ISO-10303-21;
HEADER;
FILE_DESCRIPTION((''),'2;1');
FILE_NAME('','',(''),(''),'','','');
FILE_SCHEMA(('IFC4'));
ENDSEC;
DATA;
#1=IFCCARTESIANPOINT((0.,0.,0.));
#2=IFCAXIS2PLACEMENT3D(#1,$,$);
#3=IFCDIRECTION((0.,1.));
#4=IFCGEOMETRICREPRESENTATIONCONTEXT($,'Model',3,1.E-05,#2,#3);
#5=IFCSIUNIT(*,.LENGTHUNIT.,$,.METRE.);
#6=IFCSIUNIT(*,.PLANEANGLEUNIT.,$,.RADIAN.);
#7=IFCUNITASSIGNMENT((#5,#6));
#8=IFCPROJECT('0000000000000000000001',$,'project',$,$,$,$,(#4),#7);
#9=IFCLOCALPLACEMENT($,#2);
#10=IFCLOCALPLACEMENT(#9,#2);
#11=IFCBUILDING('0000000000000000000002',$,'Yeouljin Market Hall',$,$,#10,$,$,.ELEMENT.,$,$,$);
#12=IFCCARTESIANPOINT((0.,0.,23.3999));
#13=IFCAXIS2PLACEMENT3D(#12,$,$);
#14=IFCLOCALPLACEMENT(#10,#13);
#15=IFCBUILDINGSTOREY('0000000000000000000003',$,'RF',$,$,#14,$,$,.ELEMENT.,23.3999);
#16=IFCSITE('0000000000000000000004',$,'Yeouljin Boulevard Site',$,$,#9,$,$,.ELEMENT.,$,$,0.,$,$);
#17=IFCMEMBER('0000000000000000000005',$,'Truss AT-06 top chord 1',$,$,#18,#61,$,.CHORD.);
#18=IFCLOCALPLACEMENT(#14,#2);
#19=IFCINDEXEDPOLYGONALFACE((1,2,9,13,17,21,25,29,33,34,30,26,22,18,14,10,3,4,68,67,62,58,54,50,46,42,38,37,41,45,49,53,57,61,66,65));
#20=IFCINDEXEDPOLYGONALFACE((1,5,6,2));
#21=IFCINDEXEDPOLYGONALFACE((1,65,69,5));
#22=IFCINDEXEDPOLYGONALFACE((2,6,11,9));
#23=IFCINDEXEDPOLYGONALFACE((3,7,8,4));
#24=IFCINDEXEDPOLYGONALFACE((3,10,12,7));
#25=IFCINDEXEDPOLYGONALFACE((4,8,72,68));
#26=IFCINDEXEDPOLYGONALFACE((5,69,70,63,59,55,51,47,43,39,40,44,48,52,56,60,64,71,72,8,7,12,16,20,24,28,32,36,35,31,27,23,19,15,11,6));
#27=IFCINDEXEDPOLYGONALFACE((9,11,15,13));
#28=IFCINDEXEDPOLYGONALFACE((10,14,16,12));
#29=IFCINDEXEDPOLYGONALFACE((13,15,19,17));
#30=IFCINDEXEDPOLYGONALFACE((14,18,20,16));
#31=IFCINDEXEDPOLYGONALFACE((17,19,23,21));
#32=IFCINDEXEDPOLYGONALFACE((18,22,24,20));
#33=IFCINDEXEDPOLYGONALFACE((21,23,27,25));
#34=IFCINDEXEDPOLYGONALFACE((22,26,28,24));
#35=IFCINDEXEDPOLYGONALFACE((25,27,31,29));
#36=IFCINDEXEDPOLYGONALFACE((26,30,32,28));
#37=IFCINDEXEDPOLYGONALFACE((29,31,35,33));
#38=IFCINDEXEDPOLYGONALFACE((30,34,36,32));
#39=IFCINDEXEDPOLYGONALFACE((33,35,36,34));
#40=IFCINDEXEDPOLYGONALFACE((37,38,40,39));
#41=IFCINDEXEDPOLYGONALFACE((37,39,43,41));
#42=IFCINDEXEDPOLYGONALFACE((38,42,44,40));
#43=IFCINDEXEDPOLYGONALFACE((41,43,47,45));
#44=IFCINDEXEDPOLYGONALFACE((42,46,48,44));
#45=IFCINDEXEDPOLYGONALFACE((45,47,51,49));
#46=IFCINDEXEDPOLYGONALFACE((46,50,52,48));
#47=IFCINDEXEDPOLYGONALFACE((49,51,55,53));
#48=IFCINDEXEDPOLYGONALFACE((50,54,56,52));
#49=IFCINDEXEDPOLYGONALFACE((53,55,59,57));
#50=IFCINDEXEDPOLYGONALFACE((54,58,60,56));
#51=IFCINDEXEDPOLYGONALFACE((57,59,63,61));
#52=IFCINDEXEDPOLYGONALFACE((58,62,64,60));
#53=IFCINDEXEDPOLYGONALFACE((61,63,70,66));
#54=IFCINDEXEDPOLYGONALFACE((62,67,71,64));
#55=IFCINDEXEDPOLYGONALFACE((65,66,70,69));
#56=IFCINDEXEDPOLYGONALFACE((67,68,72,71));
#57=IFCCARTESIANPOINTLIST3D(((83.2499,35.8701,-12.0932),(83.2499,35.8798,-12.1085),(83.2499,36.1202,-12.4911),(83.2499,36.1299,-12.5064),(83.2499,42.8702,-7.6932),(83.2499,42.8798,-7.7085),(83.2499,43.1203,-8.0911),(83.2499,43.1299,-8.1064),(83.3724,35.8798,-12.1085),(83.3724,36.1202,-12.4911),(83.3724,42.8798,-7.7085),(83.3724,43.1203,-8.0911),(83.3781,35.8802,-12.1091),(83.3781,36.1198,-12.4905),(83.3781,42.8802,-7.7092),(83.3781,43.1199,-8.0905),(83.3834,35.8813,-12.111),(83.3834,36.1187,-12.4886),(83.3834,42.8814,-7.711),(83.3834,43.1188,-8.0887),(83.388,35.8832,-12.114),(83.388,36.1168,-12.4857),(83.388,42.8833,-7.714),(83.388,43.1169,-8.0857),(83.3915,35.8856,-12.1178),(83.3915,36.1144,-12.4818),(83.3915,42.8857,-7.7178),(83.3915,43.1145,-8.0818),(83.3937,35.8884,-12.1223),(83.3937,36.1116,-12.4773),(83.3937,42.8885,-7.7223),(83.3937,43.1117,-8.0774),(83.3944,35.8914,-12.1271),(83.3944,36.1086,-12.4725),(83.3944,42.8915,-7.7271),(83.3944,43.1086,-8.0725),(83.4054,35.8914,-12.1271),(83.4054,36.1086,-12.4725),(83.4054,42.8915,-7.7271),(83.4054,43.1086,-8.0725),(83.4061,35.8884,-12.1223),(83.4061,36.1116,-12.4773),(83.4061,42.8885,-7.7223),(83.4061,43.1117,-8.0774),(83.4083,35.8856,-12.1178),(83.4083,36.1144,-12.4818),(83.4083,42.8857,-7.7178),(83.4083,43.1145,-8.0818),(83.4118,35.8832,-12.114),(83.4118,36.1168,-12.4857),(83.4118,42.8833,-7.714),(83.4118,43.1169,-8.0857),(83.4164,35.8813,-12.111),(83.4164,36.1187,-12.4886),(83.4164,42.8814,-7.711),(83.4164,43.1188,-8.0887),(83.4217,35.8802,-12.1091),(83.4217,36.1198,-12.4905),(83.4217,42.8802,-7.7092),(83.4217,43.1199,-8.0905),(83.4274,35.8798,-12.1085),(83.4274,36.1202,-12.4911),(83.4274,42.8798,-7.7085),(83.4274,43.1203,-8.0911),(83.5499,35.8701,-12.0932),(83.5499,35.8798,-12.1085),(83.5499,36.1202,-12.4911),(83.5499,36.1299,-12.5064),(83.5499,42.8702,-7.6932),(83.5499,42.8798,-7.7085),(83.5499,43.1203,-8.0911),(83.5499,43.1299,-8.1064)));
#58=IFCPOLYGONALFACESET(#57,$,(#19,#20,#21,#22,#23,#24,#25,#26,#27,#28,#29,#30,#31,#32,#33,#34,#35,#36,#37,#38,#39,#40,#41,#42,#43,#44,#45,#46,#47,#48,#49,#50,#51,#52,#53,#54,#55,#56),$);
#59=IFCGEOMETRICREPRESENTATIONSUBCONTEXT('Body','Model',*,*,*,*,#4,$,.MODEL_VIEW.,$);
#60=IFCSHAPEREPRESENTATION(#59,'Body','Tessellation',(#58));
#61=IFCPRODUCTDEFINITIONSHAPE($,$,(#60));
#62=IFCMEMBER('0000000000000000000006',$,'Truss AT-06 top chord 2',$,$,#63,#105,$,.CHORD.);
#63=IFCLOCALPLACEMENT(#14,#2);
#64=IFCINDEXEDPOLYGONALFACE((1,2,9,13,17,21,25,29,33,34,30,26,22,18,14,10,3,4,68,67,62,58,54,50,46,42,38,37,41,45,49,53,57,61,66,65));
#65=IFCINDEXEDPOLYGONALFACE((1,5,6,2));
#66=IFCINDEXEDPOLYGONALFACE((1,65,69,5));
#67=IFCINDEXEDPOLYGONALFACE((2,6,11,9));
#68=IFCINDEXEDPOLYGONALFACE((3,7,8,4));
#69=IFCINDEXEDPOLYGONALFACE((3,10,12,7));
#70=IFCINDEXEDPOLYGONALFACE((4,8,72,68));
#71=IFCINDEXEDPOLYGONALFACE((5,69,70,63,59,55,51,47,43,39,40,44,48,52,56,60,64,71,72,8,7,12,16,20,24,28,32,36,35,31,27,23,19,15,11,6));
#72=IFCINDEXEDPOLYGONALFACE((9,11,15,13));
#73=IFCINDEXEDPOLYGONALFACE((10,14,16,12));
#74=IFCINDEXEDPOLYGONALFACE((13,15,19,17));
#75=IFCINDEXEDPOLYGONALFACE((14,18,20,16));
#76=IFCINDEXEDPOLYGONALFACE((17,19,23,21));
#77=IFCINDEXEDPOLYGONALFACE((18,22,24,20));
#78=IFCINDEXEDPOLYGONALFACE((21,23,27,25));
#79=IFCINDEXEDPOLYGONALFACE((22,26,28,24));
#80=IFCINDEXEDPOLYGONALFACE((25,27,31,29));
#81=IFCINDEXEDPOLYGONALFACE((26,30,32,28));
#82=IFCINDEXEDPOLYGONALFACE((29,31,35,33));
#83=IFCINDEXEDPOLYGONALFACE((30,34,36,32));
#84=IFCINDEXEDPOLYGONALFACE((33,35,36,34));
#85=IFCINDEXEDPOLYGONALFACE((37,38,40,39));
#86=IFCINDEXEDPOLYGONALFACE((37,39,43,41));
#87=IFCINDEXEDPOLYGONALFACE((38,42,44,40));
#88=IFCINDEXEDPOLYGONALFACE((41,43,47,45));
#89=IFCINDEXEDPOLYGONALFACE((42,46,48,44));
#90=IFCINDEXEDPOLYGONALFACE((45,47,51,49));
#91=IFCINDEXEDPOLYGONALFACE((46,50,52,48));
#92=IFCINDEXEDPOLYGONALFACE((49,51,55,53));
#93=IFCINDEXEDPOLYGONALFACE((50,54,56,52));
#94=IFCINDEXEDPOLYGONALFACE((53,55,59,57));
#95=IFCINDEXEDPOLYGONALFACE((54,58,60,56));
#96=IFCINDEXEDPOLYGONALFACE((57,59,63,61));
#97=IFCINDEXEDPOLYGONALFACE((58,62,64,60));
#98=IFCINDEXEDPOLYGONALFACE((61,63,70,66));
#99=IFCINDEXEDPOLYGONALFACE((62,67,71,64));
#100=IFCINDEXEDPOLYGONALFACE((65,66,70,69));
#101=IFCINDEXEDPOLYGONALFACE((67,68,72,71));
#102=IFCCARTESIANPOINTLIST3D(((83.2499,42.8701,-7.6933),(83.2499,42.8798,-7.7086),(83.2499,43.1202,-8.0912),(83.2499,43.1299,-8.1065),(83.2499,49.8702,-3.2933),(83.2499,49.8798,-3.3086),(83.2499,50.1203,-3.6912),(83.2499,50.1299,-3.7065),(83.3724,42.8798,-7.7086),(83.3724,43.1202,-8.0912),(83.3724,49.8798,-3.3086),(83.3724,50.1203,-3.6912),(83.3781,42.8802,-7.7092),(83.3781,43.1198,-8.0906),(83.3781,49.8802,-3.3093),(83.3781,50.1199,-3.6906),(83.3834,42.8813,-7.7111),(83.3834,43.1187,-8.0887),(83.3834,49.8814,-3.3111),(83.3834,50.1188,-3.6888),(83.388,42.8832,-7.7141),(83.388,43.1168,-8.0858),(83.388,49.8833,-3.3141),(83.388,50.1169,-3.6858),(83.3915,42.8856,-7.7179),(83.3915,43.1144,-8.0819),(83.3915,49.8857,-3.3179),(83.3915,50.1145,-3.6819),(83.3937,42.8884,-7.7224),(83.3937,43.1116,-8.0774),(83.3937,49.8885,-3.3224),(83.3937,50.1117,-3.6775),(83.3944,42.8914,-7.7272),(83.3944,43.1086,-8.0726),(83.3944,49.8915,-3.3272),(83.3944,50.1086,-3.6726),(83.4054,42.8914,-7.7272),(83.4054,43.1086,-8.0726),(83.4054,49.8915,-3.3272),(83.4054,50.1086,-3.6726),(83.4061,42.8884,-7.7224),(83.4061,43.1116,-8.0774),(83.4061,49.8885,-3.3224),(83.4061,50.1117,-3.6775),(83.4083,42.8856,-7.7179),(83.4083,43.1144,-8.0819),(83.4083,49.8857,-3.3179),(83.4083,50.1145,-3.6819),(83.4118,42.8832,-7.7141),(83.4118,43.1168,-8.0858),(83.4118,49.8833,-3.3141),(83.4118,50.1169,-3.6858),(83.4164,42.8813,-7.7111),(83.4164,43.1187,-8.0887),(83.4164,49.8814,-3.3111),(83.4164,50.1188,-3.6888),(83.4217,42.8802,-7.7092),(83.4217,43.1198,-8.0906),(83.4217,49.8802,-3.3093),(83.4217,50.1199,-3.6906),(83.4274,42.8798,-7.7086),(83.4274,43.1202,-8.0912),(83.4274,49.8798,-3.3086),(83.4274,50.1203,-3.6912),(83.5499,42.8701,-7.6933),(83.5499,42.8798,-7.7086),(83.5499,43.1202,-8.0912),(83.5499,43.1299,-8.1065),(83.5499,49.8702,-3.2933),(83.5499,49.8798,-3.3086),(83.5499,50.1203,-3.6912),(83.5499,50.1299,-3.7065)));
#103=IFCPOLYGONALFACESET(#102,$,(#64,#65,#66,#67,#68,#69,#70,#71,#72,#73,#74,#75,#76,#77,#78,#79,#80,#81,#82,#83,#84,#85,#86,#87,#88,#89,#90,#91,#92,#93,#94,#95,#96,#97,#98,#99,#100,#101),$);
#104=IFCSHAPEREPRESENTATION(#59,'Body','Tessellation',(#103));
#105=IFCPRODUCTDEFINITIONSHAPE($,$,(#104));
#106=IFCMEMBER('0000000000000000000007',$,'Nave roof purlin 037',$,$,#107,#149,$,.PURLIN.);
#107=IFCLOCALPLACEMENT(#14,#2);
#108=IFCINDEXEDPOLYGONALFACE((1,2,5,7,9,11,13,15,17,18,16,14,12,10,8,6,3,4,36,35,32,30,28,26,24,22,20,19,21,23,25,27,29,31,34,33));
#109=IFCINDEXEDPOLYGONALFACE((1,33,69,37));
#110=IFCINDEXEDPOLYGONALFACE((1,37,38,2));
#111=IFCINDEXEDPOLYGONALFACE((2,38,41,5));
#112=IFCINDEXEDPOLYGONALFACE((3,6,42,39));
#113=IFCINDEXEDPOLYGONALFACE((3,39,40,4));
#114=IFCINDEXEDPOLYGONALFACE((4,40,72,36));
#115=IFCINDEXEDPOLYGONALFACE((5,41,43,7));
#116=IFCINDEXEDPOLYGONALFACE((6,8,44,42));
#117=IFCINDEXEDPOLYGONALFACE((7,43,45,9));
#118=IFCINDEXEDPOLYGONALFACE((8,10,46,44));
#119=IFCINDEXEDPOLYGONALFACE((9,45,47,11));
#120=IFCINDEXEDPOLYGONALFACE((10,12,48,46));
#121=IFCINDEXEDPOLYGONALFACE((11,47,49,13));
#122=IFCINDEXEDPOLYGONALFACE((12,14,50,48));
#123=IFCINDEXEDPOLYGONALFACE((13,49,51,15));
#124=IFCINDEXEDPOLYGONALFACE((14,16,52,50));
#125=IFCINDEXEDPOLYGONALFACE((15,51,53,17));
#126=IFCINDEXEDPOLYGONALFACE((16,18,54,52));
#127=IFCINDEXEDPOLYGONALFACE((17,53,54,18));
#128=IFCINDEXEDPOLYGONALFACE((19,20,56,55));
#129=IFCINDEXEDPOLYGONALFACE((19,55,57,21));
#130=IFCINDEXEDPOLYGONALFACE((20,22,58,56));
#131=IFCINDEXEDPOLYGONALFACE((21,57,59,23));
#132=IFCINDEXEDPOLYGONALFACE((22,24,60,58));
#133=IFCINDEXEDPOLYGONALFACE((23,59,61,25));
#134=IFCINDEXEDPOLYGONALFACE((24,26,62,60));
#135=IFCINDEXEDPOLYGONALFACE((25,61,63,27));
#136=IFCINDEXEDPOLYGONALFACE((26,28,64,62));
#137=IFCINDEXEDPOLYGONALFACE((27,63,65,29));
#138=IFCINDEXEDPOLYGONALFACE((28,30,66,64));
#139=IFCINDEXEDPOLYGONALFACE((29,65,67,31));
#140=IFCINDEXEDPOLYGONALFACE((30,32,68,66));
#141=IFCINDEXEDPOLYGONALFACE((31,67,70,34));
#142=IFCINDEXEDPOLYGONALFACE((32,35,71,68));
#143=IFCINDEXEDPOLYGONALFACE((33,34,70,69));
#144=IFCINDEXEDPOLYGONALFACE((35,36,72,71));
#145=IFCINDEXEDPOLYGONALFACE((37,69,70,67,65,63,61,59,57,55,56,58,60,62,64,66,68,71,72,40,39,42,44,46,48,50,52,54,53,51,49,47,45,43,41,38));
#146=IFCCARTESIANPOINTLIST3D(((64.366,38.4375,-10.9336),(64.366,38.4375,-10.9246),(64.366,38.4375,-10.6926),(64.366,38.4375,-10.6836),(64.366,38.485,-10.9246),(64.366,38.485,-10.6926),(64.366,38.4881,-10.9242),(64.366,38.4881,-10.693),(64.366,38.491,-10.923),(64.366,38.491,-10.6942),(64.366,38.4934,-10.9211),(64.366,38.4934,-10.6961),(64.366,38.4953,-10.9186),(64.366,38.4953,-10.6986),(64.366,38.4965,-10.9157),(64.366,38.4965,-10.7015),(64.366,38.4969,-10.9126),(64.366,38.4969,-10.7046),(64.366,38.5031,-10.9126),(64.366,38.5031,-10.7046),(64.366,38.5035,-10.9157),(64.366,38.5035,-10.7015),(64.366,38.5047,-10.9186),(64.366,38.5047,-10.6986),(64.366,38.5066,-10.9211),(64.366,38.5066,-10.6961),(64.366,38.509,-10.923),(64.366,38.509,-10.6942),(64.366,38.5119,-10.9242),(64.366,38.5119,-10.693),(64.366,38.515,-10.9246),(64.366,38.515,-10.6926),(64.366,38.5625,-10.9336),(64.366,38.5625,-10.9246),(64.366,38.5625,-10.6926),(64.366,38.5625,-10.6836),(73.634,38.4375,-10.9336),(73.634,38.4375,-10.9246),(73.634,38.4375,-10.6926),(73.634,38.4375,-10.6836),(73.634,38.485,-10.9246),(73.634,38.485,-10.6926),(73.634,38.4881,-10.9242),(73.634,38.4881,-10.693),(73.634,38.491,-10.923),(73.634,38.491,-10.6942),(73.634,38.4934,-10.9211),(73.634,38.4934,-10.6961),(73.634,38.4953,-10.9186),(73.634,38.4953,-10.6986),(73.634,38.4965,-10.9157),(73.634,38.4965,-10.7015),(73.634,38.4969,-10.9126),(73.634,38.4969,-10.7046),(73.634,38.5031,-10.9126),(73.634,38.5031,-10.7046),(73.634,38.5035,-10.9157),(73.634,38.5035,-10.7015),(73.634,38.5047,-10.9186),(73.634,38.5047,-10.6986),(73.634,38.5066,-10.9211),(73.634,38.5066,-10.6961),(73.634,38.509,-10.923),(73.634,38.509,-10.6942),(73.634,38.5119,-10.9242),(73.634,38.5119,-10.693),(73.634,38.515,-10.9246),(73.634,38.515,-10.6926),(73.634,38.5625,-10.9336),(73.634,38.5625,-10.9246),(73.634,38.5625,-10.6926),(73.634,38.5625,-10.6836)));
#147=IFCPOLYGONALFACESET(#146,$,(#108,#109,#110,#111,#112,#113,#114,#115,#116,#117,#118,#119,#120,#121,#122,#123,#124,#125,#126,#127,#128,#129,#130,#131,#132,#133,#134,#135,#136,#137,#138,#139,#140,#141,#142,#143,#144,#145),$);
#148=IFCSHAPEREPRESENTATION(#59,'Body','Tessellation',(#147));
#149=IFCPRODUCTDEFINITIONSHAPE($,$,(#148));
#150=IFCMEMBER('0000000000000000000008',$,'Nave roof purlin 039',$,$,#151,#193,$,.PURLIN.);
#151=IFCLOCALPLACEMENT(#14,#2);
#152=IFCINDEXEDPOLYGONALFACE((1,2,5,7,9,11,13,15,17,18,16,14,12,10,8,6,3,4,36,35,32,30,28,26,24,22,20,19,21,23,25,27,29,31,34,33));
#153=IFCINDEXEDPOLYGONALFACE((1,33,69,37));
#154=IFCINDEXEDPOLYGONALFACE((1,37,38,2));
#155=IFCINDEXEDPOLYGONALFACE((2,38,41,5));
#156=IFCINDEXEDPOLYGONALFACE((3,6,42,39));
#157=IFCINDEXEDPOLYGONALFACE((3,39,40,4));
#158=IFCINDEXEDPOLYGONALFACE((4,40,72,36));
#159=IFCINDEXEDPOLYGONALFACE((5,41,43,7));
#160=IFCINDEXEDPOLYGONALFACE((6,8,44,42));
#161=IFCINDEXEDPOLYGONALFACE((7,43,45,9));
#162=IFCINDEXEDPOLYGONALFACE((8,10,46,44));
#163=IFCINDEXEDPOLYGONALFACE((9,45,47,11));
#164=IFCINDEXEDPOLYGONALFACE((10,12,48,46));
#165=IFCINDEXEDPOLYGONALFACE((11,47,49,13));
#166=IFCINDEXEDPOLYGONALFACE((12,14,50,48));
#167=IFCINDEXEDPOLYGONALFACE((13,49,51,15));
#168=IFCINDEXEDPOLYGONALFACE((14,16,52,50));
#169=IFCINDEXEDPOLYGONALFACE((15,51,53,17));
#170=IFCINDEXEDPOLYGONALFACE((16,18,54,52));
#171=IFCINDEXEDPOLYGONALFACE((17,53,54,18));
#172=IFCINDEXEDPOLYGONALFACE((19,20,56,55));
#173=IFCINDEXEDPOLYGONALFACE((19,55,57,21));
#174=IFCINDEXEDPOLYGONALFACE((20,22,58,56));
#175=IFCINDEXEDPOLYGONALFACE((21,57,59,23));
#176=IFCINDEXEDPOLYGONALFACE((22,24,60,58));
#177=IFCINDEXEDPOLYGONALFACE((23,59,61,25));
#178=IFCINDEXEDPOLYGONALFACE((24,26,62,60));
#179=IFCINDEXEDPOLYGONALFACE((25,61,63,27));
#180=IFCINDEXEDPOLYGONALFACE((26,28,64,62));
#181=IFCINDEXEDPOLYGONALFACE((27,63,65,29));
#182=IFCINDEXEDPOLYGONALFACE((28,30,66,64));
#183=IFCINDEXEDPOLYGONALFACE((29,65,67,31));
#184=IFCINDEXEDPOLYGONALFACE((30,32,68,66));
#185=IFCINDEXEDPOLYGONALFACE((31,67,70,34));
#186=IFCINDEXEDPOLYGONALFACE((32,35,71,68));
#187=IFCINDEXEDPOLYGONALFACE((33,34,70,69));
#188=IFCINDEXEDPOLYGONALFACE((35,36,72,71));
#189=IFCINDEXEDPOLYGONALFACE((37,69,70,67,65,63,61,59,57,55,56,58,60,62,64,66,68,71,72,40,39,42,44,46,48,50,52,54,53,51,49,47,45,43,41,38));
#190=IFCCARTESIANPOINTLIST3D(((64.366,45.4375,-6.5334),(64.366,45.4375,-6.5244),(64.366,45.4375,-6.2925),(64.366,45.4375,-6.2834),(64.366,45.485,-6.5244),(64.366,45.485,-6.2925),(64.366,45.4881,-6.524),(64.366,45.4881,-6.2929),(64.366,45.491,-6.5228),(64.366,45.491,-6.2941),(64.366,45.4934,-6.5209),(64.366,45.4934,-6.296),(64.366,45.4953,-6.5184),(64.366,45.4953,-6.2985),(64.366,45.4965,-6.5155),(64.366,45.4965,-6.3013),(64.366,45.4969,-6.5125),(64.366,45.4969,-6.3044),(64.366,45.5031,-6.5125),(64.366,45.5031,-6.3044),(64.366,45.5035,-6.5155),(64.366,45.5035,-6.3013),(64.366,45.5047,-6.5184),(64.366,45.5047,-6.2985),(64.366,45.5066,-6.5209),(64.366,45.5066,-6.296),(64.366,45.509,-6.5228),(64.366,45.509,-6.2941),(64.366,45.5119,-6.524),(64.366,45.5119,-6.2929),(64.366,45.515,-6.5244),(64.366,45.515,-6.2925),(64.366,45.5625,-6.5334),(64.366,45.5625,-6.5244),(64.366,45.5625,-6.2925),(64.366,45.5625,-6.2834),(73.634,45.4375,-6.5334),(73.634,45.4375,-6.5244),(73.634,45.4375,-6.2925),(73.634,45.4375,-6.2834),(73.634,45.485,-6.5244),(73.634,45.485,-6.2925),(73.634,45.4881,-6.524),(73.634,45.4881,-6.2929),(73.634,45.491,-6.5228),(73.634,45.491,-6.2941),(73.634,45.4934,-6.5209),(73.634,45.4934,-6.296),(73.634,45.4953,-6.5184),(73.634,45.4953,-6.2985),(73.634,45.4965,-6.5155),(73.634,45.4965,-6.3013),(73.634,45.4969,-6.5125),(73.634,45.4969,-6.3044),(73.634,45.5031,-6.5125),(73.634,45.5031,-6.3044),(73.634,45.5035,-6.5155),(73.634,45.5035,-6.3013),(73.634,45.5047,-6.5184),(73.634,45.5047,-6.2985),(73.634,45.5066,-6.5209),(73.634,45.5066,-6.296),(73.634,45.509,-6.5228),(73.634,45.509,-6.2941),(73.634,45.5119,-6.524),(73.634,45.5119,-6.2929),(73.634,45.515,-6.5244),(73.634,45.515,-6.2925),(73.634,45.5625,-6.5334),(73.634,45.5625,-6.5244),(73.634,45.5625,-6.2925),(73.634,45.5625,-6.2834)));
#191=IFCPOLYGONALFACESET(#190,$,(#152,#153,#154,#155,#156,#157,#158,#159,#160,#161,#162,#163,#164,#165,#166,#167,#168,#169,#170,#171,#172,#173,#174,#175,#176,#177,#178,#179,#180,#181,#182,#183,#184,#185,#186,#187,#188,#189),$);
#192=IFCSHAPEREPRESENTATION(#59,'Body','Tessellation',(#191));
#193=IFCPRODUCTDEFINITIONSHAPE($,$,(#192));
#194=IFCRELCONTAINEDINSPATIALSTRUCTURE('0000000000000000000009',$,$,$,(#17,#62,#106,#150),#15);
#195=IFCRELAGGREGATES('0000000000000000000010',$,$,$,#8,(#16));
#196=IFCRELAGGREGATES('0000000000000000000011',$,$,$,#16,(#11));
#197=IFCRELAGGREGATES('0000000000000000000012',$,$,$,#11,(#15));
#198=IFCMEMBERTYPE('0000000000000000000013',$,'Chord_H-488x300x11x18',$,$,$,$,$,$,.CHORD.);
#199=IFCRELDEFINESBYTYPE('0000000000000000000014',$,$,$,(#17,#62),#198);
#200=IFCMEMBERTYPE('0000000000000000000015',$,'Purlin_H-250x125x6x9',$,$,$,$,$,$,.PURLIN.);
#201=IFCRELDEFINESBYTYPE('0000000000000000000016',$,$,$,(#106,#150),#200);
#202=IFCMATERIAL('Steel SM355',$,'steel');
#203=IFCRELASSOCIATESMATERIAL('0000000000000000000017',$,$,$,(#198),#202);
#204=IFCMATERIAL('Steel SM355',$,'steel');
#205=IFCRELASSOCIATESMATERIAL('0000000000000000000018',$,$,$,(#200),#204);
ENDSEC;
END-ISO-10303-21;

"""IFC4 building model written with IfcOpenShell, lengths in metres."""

from ifc_helpers import new_model, si_unit, direction, frame, origin, origin_2d, place, context, subcontext, project, spatial, i_section, extrude, material, material_profile, profile_set, type_object, element, save


model = new_model("IFC4")

# Units and contexts
model_context = context("Model", 3, precision=1e-05, world=origin(), true_north=direction((0.0, 1.0)))
body_context = subcontext(model_context, "Body", "Model", "MODEL_VIEW")
ifc_project = project(units=[si_unit("LENGTHUNIT", "METRE"), si_unit("PLANEANGLEUNIT", "RADIAN")], contexts=[model_context])

# Site, building, storey
site_placement = place(None, origin())
site = spatial("IfcSite", under=ifc_project, at=site_placement, Name="Yeouljin Boulevard Site", CompositionType="ELEMENT", RefElevation=0.0)
building_placement = place(site_placement, origin())
building = spatial("IfcBuilding", under=site, at=building_placement, Name="Yeouljin Market Hall", CompositionType="ELEMENT")
storey_placement = place(building_placement, frame((0.0, 0.0, 23.3999)))
storey = spatial("IfcBuildingStorey", under=building, at=storey_placement, Name="RF", CompositionType="ELEMENT", Elevation=23.3999)

# Members
ifc_material_1 = material(Name="Steel SM355", Category="steel")
ifc_material_profile_1 = material_profile(ifc_material_1, i_section(OverallWidth=0.3, OverallDepth=0.488, WebThickness=0.011, FlangeThickness=0.0181, FilletRadius=0.022, at=origin_2d()), Name="H-488x300x11x18")
ifc_profile_set_1 = profile_set([ifc_material_profile_1], Name="Steel SM355")
member_type_1 = type_object("IfcMemberType", Name="Chord_H-488x300x11x18", PredefinedType="CHORD", material=ifc_profile_set_1)
for number, where, z_axis, x_axis, name in (
    (1, (83.3999, 36.0, -12.2998), (0.0, 0.846642, 0.532163), (-1.0, 0.0, 0.0), "Truss AT-06 top chord 1"),
    (2, (83.3999, 43.0, -7.8999), (0.0, 0.846642, 0.532163), (-1.0, 0.0, 0.0), "Truss AT-06 top chord 2"),
):
    element("IfcMember", number, at=place(storey_placement, frame(where, z_axis=z_axis, x_axis=x_axis)), inside=storey, type_object=member_type_1, Name=name, PredefinedType="CHORD", context=body_context, shape_type="SweptSolid", body=[
        extrude(i_section(OverallWidth=0.3, OverallDepth=0.488, WebThickness=0.011, FlangeThickness=0.0181, FilletRadius=0.022, at=origin_2d()), origin(), (0.0, 0.0, 1.0), 8.2681),
    ])
ifc_material_2 = material(Name="Steel SM355", Category="steel")
ifc_material_profile_2 = material_profile(ifc_material_2, i_section(OverallWidth=0.125, OverallDepth=0.25, WebThickness=0.0061, FlangeThickness=0.009, FilletRadius=0.012, at=origin_2d()), Name="H-250x125x6x9")
ifc_profile_set_2 = profile_set([ifc_material_profile_2], Name="Steel SM355")
member_type_2 = type_object("IfcMemberType", Name="Purlin_H-250x125x6x9", PredefinedType="PURLIN", material=ifc_profile_set_2)
for number, where, z_axis, x_axis, name in (
    (3, (64.366, 38.5, -10.8086), (1.0, 0.0, 0.0), (0.0, 1.0, 0.0), "Nave roof purlin 037"),
    (4, (64.366, 45.5, -6.4084), (1.0, 0.0, 0.0), (0.0, 1.0, 0.0), "Nave roof purlin 039"),
):
    element("IfcMember", number, at=place(storey_placement, frame(where, z_axis=z_axis, x_axis=x_axis)), inside=storey, type_object=member_type_2, Name=name, PredefinedType="PURLIN", context=body_context, shape_type="SweptSolid", body=[
        extrude(i_section(OverallWidth=0.125, OverallDepth=0.25, WebThickness=0.0061, FlangeThickness=0.009, FilletRadius=0.012, at=origin_2d()), origin(), (0.0, 0.0, 1.0), 9.2681),
    ])

save(model, "model.ifc")
